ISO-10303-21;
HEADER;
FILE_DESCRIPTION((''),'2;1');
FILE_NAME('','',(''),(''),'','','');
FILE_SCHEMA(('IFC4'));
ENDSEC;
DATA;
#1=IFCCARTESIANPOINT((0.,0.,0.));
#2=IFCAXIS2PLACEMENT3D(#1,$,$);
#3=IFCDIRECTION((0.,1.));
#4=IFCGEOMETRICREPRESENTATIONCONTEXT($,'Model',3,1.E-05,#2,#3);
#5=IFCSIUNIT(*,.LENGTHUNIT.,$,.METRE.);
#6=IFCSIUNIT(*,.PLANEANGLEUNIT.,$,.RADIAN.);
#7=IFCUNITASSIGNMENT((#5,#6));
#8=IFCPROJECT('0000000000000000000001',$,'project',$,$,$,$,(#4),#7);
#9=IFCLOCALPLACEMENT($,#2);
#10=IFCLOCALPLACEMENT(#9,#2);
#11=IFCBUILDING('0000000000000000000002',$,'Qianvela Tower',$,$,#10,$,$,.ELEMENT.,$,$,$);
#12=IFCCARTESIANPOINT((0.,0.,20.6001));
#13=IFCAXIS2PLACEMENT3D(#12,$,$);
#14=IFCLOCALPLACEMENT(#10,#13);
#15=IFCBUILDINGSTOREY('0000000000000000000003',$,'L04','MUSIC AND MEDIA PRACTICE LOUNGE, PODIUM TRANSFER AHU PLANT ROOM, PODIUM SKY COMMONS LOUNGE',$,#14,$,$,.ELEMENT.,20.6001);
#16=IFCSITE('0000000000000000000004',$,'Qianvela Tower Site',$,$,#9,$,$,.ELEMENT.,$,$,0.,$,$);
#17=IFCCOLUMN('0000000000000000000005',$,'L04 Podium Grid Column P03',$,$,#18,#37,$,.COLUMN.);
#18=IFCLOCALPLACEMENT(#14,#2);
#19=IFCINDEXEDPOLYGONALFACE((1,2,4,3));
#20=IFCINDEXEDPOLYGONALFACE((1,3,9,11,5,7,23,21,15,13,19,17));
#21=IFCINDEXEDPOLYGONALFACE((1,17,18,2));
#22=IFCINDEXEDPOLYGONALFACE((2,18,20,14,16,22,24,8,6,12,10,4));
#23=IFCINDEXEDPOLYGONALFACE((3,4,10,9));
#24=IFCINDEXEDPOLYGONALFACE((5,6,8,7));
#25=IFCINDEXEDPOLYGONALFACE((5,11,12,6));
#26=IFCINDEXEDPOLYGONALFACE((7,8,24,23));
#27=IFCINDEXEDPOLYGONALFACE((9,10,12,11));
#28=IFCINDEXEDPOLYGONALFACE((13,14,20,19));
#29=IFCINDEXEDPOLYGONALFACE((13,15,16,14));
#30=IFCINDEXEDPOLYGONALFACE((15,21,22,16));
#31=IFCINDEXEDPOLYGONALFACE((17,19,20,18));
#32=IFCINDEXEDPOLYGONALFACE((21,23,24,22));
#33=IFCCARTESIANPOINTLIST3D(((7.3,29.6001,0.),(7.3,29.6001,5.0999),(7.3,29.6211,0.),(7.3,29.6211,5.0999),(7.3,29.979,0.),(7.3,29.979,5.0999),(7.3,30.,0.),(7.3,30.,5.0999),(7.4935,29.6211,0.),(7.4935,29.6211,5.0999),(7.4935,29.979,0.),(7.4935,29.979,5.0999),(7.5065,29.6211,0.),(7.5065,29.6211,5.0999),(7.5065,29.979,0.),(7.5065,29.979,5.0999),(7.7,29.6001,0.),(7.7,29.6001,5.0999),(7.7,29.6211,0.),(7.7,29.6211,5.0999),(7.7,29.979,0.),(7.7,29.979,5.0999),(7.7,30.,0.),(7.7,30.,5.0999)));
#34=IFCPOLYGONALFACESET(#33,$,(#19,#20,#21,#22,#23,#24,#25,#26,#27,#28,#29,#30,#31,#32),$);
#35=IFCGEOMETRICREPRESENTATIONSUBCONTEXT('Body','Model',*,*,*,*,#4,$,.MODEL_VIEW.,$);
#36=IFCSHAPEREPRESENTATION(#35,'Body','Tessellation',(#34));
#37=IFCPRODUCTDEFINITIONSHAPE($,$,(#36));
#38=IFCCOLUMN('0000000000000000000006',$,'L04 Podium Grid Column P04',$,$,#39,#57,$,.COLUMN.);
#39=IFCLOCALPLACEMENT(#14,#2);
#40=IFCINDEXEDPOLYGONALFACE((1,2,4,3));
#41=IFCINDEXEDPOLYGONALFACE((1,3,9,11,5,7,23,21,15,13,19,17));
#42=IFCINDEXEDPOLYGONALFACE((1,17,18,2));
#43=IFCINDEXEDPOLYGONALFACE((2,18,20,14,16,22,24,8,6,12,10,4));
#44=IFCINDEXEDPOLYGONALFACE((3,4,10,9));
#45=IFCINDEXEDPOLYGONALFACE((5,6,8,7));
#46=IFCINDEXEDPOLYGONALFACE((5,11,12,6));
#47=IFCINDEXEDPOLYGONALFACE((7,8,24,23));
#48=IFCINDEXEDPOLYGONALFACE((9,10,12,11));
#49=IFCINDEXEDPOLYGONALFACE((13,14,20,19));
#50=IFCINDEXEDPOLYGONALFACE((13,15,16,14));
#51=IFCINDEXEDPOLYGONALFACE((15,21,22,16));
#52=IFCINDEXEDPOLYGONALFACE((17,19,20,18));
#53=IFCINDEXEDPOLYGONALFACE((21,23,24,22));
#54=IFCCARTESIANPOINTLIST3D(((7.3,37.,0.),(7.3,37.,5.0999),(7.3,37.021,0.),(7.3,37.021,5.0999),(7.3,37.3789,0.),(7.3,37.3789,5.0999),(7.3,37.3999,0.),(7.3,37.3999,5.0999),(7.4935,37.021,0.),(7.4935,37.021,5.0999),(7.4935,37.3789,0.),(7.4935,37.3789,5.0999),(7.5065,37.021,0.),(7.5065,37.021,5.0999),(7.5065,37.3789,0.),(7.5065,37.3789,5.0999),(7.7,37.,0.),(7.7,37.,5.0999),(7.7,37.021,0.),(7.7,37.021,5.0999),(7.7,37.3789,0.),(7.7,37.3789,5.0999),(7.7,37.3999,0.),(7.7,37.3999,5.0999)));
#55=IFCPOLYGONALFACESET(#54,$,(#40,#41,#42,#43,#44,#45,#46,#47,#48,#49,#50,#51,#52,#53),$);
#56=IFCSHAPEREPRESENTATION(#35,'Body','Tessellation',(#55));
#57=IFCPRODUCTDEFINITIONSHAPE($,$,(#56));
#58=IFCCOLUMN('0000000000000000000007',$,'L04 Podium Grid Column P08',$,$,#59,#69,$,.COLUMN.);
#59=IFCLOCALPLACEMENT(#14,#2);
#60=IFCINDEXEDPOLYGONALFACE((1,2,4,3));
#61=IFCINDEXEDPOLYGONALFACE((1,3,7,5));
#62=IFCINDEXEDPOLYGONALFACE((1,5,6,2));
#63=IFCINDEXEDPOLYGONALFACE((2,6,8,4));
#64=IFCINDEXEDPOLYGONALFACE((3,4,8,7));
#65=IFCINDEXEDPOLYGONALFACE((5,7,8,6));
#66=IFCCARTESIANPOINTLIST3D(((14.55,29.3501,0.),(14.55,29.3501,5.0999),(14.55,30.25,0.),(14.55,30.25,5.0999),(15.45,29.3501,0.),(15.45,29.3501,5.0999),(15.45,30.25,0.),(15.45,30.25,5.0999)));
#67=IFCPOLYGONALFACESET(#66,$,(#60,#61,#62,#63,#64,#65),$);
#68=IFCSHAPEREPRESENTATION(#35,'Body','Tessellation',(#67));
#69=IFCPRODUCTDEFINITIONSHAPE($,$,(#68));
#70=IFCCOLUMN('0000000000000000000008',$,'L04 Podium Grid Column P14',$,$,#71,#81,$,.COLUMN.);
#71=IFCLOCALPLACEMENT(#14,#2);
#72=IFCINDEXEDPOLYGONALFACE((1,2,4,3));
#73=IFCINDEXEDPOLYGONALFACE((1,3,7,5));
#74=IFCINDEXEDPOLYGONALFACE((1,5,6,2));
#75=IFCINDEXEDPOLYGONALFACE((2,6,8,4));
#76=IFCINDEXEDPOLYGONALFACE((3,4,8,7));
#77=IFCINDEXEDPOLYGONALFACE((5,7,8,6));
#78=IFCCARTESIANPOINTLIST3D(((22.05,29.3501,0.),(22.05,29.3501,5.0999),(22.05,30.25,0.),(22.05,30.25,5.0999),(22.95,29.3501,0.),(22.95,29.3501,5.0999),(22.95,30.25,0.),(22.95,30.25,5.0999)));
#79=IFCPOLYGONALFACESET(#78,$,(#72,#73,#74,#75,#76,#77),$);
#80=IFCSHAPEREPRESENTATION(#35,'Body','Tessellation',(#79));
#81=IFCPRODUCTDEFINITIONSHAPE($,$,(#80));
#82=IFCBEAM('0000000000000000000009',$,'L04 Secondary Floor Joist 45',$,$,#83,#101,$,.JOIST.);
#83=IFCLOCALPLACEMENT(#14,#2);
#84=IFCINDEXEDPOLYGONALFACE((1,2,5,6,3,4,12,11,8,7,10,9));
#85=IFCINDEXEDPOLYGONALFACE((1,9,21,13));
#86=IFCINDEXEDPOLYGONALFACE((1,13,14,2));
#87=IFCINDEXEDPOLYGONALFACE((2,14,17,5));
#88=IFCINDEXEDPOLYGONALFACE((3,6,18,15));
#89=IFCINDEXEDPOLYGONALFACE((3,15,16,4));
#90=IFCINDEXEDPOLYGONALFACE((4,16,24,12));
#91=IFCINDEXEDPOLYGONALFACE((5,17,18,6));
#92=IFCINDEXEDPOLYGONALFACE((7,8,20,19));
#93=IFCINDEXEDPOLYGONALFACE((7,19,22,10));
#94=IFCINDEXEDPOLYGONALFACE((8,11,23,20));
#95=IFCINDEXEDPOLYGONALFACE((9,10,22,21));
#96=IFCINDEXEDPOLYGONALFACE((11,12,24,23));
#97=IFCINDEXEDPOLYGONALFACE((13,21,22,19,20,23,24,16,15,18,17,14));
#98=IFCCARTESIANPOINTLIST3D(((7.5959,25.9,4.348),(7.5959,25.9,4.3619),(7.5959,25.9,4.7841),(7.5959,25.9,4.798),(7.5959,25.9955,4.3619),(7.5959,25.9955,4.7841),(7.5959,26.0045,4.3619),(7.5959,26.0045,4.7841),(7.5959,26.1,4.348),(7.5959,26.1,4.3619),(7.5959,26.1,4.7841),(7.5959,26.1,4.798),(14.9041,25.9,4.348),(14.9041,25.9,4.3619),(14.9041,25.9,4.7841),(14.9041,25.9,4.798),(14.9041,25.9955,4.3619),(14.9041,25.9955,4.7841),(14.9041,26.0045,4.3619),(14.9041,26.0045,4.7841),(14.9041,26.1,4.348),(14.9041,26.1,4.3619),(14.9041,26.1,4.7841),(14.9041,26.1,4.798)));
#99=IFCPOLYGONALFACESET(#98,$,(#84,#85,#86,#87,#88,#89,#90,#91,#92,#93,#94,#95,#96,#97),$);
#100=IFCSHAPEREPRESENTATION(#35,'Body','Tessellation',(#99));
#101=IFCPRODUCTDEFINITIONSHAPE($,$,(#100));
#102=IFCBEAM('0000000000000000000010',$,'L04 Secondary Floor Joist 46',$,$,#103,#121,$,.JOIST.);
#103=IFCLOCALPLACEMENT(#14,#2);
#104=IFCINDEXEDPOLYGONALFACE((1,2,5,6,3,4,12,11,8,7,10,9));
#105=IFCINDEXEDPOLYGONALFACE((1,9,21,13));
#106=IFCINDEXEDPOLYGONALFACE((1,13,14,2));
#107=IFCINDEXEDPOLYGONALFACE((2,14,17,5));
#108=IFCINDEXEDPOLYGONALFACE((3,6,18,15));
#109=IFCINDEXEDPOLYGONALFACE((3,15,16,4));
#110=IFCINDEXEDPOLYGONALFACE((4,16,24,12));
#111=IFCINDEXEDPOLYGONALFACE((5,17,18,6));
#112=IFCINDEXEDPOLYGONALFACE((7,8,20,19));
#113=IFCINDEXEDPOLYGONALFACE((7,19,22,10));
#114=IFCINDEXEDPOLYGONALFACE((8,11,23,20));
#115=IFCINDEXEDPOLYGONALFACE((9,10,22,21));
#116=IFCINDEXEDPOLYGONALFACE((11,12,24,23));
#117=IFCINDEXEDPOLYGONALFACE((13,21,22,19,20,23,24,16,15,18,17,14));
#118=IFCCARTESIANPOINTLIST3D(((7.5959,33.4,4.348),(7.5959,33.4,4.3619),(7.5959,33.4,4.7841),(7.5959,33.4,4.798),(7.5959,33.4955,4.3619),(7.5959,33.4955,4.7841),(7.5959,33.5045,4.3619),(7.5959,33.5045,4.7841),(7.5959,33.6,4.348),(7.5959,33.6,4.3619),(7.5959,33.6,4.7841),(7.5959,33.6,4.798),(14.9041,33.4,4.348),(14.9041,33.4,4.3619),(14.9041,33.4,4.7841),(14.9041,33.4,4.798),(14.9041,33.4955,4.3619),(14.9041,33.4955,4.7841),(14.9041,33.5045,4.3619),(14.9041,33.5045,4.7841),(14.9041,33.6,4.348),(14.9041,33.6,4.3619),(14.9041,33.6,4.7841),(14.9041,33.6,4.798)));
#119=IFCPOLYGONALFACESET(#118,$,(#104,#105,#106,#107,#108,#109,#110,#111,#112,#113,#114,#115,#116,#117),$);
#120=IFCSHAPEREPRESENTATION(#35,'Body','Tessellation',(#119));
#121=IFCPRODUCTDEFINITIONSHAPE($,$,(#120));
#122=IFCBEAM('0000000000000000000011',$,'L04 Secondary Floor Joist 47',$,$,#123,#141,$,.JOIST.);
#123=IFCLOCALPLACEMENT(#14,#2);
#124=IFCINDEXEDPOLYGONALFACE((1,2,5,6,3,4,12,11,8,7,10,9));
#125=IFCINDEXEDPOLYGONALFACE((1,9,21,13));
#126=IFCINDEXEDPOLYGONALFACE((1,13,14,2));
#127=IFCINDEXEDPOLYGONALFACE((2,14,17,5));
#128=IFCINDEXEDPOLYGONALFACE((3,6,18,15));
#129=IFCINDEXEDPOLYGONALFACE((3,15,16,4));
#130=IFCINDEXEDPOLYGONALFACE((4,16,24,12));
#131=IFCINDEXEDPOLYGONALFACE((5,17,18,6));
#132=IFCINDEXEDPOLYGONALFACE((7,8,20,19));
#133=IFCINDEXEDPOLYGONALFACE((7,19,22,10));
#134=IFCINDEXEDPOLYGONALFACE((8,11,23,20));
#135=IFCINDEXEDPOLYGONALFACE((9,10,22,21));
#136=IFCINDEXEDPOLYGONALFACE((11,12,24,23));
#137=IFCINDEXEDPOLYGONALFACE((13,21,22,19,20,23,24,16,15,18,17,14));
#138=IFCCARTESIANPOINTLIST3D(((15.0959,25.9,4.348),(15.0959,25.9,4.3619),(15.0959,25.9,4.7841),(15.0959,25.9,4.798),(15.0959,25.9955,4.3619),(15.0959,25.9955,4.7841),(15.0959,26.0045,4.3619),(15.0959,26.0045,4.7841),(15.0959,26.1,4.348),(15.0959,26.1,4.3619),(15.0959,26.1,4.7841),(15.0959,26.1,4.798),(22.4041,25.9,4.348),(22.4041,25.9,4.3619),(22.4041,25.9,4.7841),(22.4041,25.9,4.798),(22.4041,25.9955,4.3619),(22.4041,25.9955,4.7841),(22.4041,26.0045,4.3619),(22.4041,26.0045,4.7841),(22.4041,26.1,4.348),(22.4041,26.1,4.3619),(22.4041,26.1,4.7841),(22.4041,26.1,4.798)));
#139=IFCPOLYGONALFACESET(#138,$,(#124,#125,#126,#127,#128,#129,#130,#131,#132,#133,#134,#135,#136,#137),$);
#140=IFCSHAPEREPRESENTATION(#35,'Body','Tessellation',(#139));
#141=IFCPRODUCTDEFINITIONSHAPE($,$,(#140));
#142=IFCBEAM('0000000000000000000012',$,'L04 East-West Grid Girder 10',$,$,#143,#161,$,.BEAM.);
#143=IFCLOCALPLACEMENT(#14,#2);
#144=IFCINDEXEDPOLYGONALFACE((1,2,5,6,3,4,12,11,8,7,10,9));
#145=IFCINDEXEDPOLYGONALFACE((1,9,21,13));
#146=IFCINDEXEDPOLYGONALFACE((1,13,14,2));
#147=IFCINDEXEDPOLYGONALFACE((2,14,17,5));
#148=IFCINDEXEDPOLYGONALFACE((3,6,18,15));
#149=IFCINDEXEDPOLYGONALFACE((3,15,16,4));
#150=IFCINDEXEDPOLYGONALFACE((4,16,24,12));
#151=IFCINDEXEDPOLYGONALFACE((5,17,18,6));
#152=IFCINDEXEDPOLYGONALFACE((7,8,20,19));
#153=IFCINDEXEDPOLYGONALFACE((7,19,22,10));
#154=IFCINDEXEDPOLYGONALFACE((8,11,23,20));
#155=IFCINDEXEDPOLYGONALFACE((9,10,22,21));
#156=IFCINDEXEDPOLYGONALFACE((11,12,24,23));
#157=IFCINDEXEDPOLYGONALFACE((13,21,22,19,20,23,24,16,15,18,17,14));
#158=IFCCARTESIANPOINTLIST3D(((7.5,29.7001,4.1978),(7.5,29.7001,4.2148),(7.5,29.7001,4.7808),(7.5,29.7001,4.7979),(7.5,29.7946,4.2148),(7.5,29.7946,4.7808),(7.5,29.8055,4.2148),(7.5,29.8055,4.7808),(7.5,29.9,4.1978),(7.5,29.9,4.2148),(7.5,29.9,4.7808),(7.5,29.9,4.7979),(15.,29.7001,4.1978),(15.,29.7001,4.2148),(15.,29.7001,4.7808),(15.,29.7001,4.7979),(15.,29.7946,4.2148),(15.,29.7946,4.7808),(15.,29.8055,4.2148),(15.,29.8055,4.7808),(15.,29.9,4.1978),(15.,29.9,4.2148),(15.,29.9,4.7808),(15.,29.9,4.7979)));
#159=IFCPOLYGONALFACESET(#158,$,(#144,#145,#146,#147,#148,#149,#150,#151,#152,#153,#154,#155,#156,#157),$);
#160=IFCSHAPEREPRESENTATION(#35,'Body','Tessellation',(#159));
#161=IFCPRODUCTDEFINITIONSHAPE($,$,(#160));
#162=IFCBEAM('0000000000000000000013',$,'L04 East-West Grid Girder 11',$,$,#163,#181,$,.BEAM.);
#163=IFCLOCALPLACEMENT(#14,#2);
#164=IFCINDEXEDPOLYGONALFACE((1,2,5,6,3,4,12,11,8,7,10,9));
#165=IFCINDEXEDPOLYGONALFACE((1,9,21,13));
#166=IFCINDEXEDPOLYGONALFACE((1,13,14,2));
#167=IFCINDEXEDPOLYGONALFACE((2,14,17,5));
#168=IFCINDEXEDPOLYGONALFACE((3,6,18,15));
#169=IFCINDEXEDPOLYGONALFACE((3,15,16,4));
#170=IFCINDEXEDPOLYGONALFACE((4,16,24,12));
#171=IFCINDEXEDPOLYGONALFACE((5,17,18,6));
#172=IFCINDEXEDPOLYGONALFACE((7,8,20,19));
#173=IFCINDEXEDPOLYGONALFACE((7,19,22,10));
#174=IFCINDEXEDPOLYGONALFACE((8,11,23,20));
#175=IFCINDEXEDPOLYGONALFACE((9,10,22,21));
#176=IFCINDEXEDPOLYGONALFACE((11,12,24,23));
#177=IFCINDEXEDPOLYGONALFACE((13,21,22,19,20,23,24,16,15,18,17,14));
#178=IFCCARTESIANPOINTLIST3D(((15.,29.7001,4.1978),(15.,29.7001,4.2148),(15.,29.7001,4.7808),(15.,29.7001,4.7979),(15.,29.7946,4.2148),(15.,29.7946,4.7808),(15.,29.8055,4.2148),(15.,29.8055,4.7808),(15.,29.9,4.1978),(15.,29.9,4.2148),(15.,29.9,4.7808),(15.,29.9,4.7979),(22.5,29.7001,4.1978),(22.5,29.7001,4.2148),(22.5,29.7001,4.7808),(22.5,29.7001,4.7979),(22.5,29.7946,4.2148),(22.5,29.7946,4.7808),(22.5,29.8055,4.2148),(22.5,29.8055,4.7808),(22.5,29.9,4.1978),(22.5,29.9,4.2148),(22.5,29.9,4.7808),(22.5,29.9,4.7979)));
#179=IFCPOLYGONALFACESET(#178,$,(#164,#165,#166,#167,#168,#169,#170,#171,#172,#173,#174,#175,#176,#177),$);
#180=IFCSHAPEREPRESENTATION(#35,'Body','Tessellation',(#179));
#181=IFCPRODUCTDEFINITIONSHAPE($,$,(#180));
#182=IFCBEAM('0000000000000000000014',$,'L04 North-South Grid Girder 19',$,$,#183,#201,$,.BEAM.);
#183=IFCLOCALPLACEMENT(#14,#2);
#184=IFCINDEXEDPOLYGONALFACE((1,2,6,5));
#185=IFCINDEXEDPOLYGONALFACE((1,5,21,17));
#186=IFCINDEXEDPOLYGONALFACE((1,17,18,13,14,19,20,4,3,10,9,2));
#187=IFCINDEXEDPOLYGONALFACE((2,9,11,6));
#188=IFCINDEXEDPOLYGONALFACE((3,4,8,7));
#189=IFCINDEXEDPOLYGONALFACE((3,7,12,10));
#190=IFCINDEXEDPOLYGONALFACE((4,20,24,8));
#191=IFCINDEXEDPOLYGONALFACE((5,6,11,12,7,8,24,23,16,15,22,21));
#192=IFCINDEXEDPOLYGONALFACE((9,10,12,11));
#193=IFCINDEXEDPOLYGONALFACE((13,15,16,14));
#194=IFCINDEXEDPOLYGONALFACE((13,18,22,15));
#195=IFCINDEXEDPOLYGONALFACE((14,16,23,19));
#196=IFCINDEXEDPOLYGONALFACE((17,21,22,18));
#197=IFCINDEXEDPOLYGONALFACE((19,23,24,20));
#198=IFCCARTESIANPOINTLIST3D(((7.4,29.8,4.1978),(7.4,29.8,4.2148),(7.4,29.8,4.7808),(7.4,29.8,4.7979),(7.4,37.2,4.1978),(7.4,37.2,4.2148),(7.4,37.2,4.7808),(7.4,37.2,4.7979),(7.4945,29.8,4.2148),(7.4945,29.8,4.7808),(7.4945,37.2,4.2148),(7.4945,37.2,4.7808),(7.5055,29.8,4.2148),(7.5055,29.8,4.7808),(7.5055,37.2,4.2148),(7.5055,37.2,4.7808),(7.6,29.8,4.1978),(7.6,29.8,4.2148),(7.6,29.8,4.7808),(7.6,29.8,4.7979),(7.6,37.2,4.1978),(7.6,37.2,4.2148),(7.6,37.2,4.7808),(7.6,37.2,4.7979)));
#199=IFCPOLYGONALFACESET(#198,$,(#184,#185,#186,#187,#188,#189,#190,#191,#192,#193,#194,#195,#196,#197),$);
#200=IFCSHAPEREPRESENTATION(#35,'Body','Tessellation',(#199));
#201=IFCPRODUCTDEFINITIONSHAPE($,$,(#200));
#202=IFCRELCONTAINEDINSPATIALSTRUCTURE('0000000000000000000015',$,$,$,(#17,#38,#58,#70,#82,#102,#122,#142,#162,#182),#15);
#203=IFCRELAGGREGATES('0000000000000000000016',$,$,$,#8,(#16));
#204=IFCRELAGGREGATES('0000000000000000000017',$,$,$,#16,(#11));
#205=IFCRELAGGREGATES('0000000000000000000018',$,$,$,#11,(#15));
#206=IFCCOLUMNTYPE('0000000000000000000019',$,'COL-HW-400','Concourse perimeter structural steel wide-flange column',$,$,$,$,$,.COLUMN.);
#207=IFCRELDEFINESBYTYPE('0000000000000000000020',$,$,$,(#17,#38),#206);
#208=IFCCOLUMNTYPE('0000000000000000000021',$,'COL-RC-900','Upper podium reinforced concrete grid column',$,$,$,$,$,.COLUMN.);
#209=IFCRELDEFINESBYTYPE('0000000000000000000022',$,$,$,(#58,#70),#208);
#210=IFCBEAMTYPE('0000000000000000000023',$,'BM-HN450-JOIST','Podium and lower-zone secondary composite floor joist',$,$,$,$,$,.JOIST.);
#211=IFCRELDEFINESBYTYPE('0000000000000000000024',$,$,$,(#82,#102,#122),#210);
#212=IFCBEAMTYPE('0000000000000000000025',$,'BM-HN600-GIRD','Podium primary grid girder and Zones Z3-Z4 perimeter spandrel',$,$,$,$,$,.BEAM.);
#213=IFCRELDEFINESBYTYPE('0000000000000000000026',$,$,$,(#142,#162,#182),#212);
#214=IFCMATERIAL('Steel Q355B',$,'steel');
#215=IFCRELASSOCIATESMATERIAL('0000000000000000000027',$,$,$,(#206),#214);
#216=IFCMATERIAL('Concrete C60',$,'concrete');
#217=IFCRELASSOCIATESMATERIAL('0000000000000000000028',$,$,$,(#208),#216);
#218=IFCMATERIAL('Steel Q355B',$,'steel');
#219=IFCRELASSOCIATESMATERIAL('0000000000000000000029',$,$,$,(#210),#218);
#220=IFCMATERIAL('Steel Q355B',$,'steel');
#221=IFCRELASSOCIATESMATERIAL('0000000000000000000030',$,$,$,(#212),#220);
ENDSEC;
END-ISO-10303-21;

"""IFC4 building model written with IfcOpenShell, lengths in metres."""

from ifc_helpers import new_model, si_unit, direction, frame, origin, origin_2d, place, context, subcontext, project, spatial, rectangle, i_section, extrude, material, material_profile, profile_set, type_object, element, save


model = new_model("IFC4")

# Units and contexts
model_context = context("Model", 3, precision=1e-05, world=origin(), true_north=direction((0.0, 1.0)))
body_context = subcontext(model_context, "Body", "Model", "MODEL_VIEW")
ifc_project = project(units=[si_unit("LENGTHUNIT", "METRE"), si_unit("PLANEANGLEUNIT", "RADIAN")], contexts=[model_context])

# Site, building, storey
site_placement = place(None, origin())
site = spatial("IfcSite", under=ifc_project, at=site_placement, Name="Qianvela Tower Site", CompositionType="ELEMENT", RefElevation=0.0)
building_placement = place(site_placement, origin())
building = spatial("IfcBuilding", under=site, at=building_placement, Name="Qianvela Tower", CompositionType="ELEMENT")
storey_placement = place(building_placement, frame((0.0, 0.0, 20.6001)))
storey = spatial("IfcBuildingStorey", under=building, at=storey_placement, Name="L04", Description="MUSIC AND MEDIA PRACTICE LOUNGE, PODIUM TRANSFER AHU PLANT ROOM, PODIUM SKY COMMONS LOUNGE", CompositionType="ELEMENT", Elevation=20.6001)

# Columns
ifc_material_1 = material(Name="Steel Q355B", Category="steel")
ifc_material_profile_1 = material_profile(ifc_material_1, i_section(OverallWidth=0.3999, OverallDepth=0.3999, WebThickness=0.0129, FlangeThickness=0.021, at=origin_2d()), Name="HW400x400x13x21")
ifc_profile_set_1 = profile_set([ifc_material_profile_1], Name="Steel Q355B")
column_type_1 = type_object("IfcColumnType", Name="COL-HW-400", Description="Concourse perimeter structural steel wide-flange column", PredefinedType="COLUMN", material=ifc_profile_set_1)
for number, where, z_axis, x_axis, name in (
    (1, (7.5, 29.8, 0.0), (0.0, 0.0, 1.0), (1.0, 0.0, 0.0), "L04 Podium Grid Column P03"),
    (2, (7.5, 37.2, 0.0), (0.0, 0.0, 1.0), (1.0, 0.0, 0.0), "L04 Podium Grid Column P04"),
):
    element("IfcColumn", number, at=place(storey_placement, frame(where, z_axis=z_axis, x_axis=x_axis)), inside=storey, type_object=column_type_1, Name=name, PredefinedType="COLUMN", context=body_context, shape_type="SweptSolid", body=[
        extrude(i_section(OverallWidth=0.3999, OverallDepth=0.3999, WebThickness=0.0129, FlangeThickness=0.021, at=origin_2d()), origin(), (0.0, 0.0, 1.0), 5.0999),
    ])
ifc_material_2 = material(Name="Concrete C60", Category="concrete")
ifc_material_profile_2 = material_profile(ifc_material_2, rectangle(XDim=0.8999, YDim=0.8999, at=origin_2d()), Name="RC-COL-900x900")
ifc_profile_set_2 = profile_set([ifc_material_profile_2], Name="Concrete C60")
column_type_2 = type_object("IfcColumnType", Name="COL-RC-900", Description="Upper podium reinforced concrete grid column", PredefinedType="COLUMN", material=ifc_profile_set_2)
for number, where, z_axis, x_axis, name in (
    (3, (15.0, 29.8, 0.0), (0.0, 0.0, 1.0), (1.0, 0.0, 0.0), "L04 Podium Grid Column P08"),
    (4, (22.5, 29.8, 0.0), (0.0, 0.0, 1.0), (1.0, 0.0, 0.0), "L04 Podium Grid Column P14"),
):
    element("IfcColumn", number, at=place(storey_placement, frame(where, z_axis=z_axis, x_axis=x_axis)), inside=storey, type_object=column_type_2, Name=name, PredefinedType="COLUMN", context=body_context, shape_type="SweptSolid", body=[
        extrude(rectangle(XDim=0.8999, YDim=0.8999, at=origin_2d()), origin(), (0.0, 0.0, 1.0), 5.0999),
    ])

# Beams
ifc_material_3 = material(Name="Steel Q355B", Category="steel")
ifc_material_profile_3 = material_profile(ifc_material_3, i_section(OverallWidth=0.2, OverallDepth=0.45, WebThickness=0.009, FlangeThickness=0.0139, at=origin_2d()), Name="HN450x200x9x14")
ifc_profile_set_3 = profile_set([ifc_material_profile_3], Name="Steel Q355B")
beam_type_1 = type_object("IfcBeamType", Name="BM-HN450-JOIST", Description="Podium and lower-zone secondary composite floor joist", PredefinedType="JOIST", material=ifc_profile_set_3)
for number, where, z_axis, x_axis, name in (
    (5, (7.5959, 26.0, 4.573), (1.0, 0.0, 0.0), (0.0, 1.0, 0.0), "L04 Secondary Floor Joist 45"),
    (6, (7.5959, 33.5, 4.573), (1.0, 0.0, 0.0), (0.0, 1.0, 0.0), "L04 Secondary Floor Joist 46"),
    (7, (15.0959, 26.0, 4.573), (1.0, 0.0, 0.0), (0.0, 1.0, 0.0), "L04 Secondary Floor Joist 47"),
):
    element("IfcBeam", number, at=place(storey_placement, frame(where, z_axis=z_axis, x_axis=x_axis)), inside=storey, type_object=beam_type_1, Name=name, PredefinedType="JOIST", context=body_context, shape_type="SweptSolid", body=[
        extrude(i_section(OverallWidth=0.2, OverallDepth=0.45, WebThickness=0.009, FlangeThickness=0.0139, at=origin_2d()), origin(), (0.0, 0.0, 1.0), 7.3081),
    ])
ifc_material_4 = material(Name="Steel Q355B", Category="steel")
ifc_material_profile_4 = material_profile(ifc_material_4, i_section(OverallWidth=0.2, OverallDepth=0.6001, WebThickness=0.011, FlangeThickness=0.0171, at=origin_2d()), Name="HN600x200x11x17")
ifc_profile_set_4 = profile_set([ifc_material_profile_4], Name="Steel Q355B")
beam_type_2 = type_object("IfcBeamType", Name="BM-HN600-GIRD", Description="Podium primary grid girder and Zones Z3-Z4 perimeter spandrel", PredefinedType="BEAM", material=ifc_profile_set_4)
for number, where, z_axis, x_axis, name in (
    (8, (7.5, 29.8, 4.4978), (1.0, 0.0, 0.0), (0.0, 1.0, 0.0), "L04 East-West Grid Girder 10"),
    (9, (15.0, 29.8, 4.4978), (1.0, 0.0, 0.0), (0.0, 1.0, 0.0), "L04 East-West Grid Girder 11"),
):
    element("IfcBeam", number, at=place(storey_placement, frame(where, z_axis=z_axis, x_axis=x_axis)), inside=storey, type_object=beam_type_2, Name=name, PredefinedType="BEAM", context=body_context, shape_type="SweptSolid", body=[
        extrude(i_section(OverallWidth=0.2, OverallDepth=0.6001, WebThickness=0.011, FlangeThickness=0.0171, at=origin_2d()), origin(), (0.0, 0.0, 1.0), 7.5),
    ])
for number, where, z_axis, x_axis, name in (
    (10, (7.5, 29.8, 4.4978), (0.0, 1.0, 0.0), (-1.0, 0.0, 0.0), "L04 North-South Grid Girder 19"),
):
    element("IfcBeam", number, at=place(storey_placement, frame(where, z_axis=z_axis, x_axis=x_axis)), inside=storey, type_object=beam_type_2, Name=name, PredefinedType="BEAM", context=body_context, shape_type="SweptSolid", body=[
        extrude(i_section(OverallWidth=0.2, OverallDepth=0.6001, WebThickness=0.011, FlangeThickness=0.0171, at=origin_2d()), origin(), (0.0, 0.0, 1.0), 7.3999),
    ])

save(model, "model.ifc")
